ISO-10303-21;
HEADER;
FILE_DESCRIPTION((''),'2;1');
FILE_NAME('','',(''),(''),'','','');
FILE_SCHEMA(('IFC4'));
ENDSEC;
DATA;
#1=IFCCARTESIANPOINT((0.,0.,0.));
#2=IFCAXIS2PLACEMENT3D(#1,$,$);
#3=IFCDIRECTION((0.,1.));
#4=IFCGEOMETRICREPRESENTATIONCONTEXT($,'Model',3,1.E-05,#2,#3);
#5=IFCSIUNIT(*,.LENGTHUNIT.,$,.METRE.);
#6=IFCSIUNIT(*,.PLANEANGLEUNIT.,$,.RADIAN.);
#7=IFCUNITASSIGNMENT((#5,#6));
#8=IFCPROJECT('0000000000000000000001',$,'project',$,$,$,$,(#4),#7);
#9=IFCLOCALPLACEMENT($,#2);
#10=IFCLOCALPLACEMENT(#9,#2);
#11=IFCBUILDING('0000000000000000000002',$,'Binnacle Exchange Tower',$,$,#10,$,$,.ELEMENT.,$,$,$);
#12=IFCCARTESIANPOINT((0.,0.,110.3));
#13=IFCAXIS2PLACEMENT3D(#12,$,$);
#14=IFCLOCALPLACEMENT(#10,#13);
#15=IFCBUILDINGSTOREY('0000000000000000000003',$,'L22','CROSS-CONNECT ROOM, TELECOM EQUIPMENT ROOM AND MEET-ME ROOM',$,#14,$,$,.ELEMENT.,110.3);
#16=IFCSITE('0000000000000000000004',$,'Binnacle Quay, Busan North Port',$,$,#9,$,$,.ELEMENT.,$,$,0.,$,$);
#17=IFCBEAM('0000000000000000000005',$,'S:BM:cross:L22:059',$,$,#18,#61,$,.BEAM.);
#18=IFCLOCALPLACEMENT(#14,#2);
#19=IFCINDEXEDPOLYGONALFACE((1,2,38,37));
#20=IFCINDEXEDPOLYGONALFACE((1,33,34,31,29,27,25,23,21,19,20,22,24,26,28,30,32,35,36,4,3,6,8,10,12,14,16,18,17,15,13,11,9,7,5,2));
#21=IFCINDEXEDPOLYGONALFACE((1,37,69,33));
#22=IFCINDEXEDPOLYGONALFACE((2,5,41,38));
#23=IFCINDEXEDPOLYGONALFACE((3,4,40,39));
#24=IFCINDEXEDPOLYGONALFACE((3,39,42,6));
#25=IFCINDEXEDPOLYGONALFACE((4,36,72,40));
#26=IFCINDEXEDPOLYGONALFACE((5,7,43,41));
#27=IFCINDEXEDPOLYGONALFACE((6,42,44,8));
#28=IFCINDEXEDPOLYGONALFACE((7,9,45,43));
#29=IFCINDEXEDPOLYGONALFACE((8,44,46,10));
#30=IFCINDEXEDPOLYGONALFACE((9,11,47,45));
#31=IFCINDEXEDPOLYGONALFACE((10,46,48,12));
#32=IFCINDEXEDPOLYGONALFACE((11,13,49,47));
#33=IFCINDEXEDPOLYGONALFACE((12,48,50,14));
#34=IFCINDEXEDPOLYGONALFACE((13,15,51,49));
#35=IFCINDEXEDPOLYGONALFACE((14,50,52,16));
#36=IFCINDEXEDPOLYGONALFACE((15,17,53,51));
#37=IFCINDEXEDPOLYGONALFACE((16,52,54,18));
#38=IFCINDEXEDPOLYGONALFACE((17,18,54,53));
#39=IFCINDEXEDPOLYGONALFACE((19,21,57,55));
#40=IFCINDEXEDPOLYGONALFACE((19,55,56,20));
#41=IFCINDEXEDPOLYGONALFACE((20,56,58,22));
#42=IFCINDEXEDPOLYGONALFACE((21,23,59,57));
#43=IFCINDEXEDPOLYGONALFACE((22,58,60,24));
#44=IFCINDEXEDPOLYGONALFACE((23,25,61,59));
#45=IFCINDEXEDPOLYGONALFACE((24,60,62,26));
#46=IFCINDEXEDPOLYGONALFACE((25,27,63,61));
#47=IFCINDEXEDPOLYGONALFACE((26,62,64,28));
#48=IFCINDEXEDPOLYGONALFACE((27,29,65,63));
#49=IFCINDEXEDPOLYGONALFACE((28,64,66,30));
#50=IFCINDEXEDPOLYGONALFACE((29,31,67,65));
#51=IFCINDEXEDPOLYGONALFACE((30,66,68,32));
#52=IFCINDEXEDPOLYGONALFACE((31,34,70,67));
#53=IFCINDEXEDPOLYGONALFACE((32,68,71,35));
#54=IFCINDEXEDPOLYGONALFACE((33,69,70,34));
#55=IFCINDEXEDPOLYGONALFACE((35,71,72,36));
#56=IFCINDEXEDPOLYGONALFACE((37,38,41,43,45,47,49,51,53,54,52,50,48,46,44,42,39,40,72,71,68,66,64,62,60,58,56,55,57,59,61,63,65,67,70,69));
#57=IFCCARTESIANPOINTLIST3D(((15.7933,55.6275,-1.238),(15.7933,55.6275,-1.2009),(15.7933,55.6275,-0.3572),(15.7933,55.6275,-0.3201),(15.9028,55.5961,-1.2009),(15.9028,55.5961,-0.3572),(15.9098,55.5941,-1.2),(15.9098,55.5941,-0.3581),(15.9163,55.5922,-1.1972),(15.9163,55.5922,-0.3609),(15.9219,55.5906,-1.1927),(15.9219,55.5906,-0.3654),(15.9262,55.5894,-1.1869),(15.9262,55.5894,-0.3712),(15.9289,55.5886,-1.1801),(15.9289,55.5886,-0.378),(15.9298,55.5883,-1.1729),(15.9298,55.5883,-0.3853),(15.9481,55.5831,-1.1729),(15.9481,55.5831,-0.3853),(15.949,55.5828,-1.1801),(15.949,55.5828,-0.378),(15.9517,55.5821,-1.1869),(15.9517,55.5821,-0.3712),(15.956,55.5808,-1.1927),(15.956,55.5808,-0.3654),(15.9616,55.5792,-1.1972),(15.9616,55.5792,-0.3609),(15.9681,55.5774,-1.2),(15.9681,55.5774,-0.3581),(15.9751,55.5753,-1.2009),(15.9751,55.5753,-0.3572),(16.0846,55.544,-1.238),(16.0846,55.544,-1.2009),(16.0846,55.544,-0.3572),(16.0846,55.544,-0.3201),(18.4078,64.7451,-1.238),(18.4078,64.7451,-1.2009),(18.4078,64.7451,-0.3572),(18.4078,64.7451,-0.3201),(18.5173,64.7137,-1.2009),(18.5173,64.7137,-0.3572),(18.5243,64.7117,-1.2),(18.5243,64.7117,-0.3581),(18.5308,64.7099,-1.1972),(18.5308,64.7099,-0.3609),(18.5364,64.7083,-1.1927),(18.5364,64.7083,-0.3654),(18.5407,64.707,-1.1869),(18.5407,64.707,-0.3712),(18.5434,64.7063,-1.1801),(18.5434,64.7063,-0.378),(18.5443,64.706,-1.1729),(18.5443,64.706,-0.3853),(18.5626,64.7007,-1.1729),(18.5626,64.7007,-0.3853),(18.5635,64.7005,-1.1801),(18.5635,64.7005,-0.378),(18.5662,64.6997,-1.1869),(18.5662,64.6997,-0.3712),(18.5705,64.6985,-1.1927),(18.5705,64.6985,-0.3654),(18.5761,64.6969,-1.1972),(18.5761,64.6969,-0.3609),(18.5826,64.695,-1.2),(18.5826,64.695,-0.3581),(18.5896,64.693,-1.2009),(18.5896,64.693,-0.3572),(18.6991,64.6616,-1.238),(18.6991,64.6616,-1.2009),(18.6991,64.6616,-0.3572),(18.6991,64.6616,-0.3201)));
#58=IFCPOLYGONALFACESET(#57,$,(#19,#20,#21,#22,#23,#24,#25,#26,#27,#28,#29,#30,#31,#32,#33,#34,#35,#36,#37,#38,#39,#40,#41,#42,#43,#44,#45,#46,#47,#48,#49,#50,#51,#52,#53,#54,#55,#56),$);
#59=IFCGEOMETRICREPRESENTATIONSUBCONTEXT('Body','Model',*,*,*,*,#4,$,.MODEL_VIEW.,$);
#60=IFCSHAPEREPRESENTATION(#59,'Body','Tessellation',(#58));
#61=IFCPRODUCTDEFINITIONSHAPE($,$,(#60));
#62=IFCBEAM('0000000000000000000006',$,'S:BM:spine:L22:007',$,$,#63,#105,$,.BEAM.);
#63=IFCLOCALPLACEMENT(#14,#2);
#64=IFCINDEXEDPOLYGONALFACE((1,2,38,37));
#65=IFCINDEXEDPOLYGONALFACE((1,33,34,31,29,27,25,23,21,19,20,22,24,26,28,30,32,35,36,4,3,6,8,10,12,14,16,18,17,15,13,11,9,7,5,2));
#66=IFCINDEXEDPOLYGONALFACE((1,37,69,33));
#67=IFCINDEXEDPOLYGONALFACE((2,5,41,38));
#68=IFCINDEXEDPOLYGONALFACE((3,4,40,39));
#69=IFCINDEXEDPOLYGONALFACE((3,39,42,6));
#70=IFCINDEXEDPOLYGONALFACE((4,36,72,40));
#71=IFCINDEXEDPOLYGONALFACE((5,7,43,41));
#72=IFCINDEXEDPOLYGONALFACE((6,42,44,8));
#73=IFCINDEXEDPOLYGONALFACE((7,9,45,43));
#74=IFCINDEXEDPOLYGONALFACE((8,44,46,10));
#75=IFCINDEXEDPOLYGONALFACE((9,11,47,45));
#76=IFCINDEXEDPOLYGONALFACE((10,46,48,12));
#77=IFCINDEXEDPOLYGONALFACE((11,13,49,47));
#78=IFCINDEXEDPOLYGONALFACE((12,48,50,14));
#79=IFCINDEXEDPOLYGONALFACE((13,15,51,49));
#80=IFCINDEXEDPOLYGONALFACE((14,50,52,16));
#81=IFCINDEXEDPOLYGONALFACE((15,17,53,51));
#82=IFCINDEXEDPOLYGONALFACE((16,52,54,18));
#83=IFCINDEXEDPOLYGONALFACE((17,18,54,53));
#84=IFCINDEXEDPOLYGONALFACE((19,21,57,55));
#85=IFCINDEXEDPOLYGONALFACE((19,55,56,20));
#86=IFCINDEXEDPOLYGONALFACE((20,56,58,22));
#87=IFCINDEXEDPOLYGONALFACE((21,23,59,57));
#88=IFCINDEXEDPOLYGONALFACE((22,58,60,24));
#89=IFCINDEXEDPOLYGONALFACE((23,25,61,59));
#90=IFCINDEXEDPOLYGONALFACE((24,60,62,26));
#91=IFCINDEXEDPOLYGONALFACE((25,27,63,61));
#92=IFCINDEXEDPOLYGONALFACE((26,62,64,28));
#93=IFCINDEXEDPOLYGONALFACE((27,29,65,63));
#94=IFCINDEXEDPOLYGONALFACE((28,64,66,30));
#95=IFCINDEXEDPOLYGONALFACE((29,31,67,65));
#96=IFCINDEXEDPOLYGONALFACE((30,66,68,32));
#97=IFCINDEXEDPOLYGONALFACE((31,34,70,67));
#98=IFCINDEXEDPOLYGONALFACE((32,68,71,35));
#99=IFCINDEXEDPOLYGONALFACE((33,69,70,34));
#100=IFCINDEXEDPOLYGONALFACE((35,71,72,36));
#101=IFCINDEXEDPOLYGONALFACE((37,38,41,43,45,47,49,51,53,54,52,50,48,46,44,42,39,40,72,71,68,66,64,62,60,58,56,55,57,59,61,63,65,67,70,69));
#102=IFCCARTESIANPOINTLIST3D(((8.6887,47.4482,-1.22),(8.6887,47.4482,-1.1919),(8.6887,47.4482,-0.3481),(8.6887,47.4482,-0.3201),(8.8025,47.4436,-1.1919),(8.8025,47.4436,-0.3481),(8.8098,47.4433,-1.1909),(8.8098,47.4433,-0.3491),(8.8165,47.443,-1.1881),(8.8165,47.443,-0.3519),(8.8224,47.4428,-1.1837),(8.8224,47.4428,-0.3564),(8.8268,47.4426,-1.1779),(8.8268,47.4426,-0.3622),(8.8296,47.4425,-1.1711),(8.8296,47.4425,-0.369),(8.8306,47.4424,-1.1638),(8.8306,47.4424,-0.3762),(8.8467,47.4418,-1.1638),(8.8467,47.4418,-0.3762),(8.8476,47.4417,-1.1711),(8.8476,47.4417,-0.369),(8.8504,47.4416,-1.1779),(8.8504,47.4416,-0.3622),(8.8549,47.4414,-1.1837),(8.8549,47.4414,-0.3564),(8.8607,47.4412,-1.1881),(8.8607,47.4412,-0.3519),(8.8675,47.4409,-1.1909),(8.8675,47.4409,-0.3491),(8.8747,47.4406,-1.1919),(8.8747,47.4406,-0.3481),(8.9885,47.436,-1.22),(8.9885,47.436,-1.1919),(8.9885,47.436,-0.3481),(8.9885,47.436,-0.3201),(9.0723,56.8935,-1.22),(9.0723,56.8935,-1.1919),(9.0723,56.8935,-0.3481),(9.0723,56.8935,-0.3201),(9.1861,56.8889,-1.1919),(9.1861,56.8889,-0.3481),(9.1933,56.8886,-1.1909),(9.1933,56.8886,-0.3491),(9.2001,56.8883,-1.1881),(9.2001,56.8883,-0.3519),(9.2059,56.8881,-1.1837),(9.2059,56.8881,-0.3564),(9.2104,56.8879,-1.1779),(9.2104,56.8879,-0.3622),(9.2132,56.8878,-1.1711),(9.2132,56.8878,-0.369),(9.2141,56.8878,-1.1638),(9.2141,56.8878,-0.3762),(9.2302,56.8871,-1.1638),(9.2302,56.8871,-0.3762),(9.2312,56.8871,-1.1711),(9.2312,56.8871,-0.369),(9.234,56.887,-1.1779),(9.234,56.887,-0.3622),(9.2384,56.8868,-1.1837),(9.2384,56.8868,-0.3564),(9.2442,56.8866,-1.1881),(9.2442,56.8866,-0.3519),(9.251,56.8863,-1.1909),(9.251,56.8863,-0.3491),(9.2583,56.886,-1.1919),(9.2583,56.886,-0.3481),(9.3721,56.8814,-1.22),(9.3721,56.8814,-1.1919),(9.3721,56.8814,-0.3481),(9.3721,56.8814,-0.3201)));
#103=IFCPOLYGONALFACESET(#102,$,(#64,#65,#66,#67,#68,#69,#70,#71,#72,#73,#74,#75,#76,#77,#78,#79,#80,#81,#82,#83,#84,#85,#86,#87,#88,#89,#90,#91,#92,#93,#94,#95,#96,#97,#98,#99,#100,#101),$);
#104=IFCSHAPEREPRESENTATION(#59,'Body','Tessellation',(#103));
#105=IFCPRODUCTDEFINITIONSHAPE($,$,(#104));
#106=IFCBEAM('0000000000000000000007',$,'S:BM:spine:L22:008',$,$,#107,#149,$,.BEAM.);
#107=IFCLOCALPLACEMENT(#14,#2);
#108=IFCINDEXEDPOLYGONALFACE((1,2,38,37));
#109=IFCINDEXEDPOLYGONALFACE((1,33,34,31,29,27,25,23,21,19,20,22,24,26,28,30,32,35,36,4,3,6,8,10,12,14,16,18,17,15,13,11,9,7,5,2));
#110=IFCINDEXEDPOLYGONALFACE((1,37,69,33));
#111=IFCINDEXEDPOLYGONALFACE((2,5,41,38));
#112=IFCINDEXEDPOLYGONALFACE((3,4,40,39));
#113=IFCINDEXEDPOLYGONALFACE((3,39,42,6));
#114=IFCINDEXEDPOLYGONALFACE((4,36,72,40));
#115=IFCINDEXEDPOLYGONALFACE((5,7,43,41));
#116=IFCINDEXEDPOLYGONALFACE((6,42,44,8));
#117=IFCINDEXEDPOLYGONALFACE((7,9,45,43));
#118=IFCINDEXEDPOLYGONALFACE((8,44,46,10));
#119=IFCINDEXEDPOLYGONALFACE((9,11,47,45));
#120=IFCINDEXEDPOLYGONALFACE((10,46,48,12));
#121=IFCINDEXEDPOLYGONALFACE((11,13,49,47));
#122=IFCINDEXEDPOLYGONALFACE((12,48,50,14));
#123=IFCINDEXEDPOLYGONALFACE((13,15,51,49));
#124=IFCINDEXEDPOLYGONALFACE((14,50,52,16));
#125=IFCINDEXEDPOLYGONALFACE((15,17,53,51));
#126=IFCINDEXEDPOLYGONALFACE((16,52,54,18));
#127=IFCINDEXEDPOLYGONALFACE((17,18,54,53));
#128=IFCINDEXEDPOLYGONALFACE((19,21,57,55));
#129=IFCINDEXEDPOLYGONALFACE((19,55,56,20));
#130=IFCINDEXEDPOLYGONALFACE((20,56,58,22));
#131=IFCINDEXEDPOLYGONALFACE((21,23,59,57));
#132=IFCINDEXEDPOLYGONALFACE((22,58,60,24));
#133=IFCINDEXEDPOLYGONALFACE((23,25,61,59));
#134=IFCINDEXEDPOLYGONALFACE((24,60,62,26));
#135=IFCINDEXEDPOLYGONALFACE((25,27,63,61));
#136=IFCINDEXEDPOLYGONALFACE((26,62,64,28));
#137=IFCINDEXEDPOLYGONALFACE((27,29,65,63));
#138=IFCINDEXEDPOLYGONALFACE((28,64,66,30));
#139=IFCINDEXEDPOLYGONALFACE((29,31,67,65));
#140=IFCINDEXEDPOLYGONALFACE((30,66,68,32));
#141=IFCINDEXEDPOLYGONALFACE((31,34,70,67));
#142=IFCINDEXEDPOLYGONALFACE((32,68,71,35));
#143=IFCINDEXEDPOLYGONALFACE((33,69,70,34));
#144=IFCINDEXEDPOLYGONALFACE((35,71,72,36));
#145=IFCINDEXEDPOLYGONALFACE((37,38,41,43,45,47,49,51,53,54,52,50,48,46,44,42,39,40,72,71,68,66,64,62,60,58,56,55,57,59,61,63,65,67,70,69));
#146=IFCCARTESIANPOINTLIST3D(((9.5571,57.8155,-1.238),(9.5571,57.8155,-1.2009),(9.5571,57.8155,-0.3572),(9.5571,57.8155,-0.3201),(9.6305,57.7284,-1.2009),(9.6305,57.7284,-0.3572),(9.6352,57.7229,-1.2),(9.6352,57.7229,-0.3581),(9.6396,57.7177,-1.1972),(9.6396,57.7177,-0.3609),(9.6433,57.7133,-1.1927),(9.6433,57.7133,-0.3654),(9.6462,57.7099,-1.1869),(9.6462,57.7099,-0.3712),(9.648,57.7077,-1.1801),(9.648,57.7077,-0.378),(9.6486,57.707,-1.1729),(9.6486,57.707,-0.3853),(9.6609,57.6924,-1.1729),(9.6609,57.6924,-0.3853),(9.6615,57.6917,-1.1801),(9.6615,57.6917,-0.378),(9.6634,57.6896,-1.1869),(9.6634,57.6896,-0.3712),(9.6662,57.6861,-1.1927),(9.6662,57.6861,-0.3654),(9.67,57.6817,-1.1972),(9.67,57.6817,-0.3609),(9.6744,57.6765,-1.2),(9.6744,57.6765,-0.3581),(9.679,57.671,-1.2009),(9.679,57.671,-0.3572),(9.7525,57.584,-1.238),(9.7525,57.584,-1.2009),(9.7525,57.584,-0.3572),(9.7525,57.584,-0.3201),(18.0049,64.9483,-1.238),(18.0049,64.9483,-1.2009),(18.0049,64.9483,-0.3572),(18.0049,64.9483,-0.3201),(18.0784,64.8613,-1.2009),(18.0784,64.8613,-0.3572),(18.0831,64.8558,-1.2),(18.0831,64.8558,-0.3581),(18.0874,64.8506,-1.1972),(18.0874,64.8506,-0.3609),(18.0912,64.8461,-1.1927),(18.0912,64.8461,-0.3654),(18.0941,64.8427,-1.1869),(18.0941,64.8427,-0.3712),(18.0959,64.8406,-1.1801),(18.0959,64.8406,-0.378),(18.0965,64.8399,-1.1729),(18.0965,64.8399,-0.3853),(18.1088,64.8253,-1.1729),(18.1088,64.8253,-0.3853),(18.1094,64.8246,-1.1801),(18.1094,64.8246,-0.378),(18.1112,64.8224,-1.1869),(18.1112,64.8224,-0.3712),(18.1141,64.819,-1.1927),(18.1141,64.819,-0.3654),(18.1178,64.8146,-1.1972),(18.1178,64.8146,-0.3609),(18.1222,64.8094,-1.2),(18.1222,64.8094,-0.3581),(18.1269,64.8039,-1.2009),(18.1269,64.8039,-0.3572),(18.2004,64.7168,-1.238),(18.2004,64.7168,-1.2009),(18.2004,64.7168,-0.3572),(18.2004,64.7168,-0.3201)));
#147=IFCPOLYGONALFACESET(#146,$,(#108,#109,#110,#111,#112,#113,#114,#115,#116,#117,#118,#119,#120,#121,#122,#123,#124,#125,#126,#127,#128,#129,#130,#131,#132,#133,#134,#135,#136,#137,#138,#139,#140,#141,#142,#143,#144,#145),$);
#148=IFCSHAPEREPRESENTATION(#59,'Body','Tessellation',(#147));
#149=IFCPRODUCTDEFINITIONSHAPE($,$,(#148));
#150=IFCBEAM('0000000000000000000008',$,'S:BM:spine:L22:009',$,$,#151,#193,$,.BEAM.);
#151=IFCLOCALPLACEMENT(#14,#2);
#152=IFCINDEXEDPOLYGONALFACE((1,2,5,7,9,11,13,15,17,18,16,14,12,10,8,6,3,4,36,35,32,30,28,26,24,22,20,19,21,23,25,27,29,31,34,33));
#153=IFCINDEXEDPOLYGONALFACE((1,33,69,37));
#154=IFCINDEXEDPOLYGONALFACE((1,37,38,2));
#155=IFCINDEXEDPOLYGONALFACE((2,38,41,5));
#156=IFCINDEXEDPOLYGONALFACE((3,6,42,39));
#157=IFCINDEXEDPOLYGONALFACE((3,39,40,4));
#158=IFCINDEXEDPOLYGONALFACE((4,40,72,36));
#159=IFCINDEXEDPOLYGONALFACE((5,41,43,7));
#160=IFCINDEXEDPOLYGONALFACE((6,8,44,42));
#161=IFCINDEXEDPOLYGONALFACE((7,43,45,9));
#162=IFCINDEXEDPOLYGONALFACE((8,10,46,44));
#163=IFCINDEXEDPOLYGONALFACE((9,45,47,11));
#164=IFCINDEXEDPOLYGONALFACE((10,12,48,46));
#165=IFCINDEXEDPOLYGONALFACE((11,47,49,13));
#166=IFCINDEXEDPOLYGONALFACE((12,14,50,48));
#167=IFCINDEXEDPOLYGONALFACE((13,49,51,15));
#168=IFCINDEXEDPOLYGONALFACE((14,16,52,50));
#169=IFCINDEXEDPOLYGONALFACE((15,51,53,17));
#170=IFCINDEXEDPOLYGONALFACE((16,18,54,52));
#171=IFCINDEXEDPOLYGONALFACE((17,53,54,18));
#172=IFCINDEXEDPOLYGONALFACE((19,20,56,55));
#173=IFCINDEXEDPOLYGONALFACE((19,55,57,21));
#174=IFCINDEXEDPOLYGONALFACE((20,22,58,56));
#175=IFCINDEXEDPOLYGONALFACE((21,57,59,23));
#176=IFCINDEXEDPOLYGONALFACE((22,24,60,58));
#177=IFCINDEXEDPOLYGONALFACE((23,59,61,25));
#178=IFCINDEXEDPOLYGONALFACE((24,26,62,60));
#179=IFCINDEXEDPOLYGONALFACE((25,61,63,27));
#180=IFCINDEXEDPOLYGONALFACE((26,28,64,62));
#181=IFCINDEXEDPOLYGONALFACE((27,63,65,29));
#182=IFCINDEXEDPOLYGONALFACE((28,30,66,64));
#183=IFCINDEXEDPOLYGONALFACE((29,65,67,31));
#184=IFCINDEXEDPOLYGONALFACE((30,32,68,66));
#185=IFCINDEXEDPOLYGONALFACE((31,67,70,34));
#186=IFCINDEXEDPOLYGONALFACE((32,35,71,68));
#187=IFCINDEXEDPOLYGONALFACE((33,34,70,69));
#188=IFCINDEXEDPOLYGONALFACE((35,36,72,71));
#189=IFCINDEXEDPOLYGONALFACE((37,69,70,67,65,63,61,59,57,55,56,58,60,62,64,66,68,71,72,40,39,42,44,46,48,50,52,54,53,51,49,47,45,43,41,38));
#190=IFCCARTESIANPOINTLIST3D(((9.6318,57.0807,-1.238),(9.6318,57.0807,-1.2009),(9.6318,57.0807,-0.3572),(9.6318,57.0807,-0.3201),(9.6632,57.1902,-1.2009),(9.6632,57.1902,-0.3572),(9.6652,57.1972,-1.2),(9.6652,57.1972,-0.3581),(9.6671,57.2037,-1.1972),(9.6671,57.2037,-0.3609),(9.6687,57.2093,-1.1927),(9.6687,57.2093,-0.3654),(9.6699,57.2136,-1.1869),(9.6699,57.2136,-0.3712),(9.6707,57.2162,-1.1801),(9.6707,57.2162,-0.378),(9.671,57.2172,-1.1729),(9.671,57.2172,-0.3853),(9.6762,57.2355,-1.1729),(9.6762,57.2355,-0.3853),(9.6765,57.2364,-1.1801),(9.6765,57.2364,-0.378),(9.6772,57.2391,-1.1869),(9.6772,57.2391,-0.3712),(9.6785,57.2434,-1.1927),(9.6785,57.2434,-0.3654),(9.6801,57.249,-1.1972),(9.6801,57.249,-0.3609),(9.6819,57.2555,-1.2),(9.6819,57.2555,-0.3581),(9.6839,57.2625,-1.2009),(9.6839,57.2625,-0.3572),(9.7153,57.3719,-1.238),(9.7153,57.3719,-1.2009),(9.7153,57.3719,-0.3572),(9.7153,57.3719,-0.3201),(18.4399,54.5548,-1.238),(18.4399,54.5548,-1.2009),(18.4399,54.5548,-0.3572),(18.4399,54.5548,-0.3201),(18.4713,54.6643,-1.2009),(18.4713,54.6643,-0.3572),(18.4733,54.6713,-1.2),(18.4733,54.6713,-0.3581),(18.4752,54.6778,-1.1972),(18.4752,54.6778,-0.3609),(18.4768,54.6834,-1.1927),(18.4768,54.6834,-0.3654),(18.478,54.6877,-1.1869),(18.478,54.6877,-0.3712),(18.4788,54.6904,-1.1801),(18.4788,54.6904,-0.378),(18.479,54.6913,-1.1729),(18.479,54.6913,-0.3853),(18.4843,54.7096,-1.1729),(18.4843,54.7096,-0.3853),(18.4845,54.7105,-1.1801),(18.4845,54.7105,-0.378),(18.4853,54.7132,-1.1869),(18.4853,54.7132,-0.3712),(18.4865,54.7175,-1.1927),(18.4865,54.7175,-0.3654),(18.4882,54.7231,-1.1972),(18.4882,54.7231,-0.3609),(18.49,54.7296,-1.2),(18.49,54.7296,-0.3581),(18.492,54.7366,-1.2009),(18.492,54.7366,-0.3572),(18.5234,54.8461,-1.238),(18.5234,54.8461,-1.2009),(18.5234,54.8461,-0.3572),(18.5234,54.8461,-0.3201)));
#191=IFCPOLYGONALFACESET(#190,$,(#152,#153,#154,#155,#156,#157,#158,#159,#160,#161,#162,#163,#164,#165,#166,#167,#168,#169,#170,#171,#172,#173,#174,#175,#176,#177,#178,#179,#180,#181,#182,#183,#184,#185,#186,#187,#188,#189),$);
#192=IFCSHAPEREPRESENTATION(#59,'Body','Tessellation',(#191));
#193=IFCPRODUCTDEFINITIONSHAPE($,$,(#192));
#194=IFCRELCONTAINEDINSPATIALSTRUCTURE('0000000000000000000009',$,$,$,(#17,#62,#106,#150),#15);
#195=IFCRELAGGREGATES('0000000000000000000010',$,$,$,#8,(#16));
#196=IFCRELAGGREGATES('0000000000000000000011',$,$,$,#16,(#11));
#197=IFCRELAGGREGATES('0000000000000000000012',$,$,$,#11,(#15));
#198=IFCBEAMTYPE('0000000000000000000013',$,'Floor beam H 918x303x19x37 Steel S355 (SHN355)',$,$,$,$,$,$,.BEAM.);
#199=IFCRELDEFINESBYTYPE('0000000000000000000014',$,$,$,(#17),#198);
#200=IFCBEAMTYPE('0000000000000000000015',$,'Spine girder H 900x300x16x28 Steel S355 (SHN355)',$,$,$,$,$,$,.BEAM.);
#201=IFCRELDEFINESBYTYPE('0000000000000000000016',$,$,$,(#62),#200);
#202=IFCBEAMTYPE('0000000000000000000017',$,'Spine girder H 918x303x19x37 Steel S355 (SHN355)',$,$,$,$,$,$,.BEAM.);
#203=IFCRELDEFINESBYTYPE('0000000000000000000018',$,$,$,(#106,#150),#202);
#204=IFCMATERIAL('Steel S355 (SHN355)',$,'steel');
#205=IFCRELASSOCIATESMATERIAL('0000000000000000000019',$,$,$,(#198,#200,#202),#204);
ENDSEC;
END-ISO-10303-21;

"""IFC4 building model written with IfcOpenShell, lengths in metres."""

from ifc_helpers import new_model, si_unit, direction, frame, origin, origin_2d, place, context, subcontext, project, spatial, i_section, extrude, material, material_profile, profile_set, type_object, element, save


model = new_model("IFC4")

# Units and contexts
model_context = context("Model", 3, precision=1e-05, world=origin(), true_north=direction((0.0, 1.0)))
body_context = subcontext(model_context, "Body", "Model", "MODEL_VIEW")
ifc_project = project(units=[si_unit("LENGTHUNIT", "METRE"), si_unit("PLANEANGLEUNIT", "RADIAN")], contexts=[model_context])

# Site, building, storey
site_placement = place(None, origin())
site = spatial("IfcSite", under=ifc_project, at=site_placement, Name="Binnacle Quay, Busan North Port", CompositionType="ELEMENT", RefElevation=0.0)
building_placement = place(site_placement, origin())
building = spatial("IfcBuilding", under=site, at=building_placement, Name="Binnacle Exchange Tower", CompositionType="ELEMENT")
storey_placement = place(building_placement, frame((0.0, 0.0, 110.3)))
storey = spatial("IfcBuildingStorey", under=building, at=storey_placement, Name="L22", Description="CROSS-CONNECT ROOM, TELECOM EQUIPMENT ROOM AND MEET-ME ROOM", CompositionType="ELEMENT", Elevation=110.3)

# Beams
ifc_material_1 = material(Name="Steel S355 (SHN355)", Category="steel")
ifc_material_profile_1 = material_profile(ifc_material_1, i_section(OverallWidth=0.303, OverallDepth=0.918, WebThickness=0.019, FlangeThickness=0.0371, FilletRadius=0.0281, at=origin_2d()), Name="H 918x303x19x37")
ifc_profile_set_1 = profile_set([ifc_material_profile_1], Name="Steel S355 (SHN355)")
beam_type_1 = type_object("IfcBeamType", Name="Floor beam H 918x303x19x37 Steel S355 (SHN355)", PredefinedType="BEAM", material=ifc_profile_set_1)
beam_1_placement = place(storey_placement, frame((18.5535, 64.7034, -0.7791), z_axis=(-0.275642, -0.96126, 0.0), x_axis=(0.96126, -0.275642, 0.0)))
element("IfcBeam", 1, at=beam_1_placement, inside=storey, type_object=beam_type_1, Name="S:BM:cross:L22:059", PredefinedType="BEAM", context=body_context, shape_type="SweptSolid", body=[
    extrude(i_section(OverallWidth=0.303, OverallDepth=0.918, WebThickness=0.019, FlangeThickness=0.0371, FilletRadius=0.0281, at=origin_2d()), origin(), (0.0, 0.0, 1.0), 9.4851),
])
ifc_material_profile_2 = material_profile(ifc_material_1, i_section(OverallWidth=0.3, OverallDepth=0.8999, WebThickness=0.0161, FlangeThickness=0.0281, FilletRadius=0.0281, at=origin_2d()), Name="H 900x300x16x28")
ifc_profile_set_2 = profile_set([ifc_material_profile_2], Name="Steel S355 (SHN355)")
beam_type_2 = type_object("IfcBeamType", Name="Spine girder H 900x300x16x28 Steel S355 (SHN355)", PredefinedType="BEAM", material=ifc_profile_set_2)
beam_2_placement = place(storey_placement, frame((9.2222, 56.8875, -0.77), z_axis=(-0.040573, -0.999177, 0.0), x_axis=(0.999177, -0.040573, 0.0)))
element("IfcBeam", 2, at=beam_2_placement, inside=storey, type_object=beam_type_2, Name="S:BM:spine:L22:007", PredefinedType="BEAM", context=body_context, shape_type="SweptSolid", body=[
    extrude(i_section(OverallWidth=0.3, OverallDepth=0.8999, WebThickness=0.0161, FlangeThickness=0.0281, FilletRadius=0.0281, at=origin_2d()), origin(), (0.0, 0.0, 1.0), 9.4531),
])
ifc_material_profile_3 = material_profile(ifc_material_1, i_section(OverallWidth=0.303, OverallDepth=0.918, WebThickness=0.019, FlangeThickness=0.0371, FilletRadius=0.0281, at=origin_2d()), Name="H 918x303x19x37")
ifc_profile_set_3 = profile_set([ifc_material_profile_3], Name="Steel S355 (SHN355)")
beam_type_3 = type_object("IfcBeamType", Name="Spine girder H 918x303x19x37 Steel S355 (SHN355)", PredefinedType="BEAM", material=ifc_profile_set_3)
beam_3_placement = place(storey_placement, frame((9.6548, 57.6997, -0.7791), z_axis=(0.764068, 0.645136, 0.0), x_axis=(-0.645136, 0.764068, 0.0)))
element("IfcBeam", 3, at=beam_3_placement, inside=storey, type_object=beam_type_3, Name="S:BM:spine:L22:008", PredefinedType="BEAM", context=body_context, shape_type="SweptSolid", body=[
    extrude(i_section(OverallWidth=0.303, OverallDepth=0.918, WebThickness=0.019, FlangeThickness=0.0371, FilletRadius=0.0281, at=origin_2d()), origin(), (0.0, 0.0, 1.0), 11.0564),
])
beam_4_placement = place(storey_placement, frame((9.6736, 57.2263, -0.7791), z_axis=(0.961256, -0.275657, 0.0), x_axis=(0.275657, 0.961256, 0.0)))
element("IfcBeam", 4, at=beam_4_placement, inside=storey, type_object=beam_type_3, Name="S:BM:spine:L22:009", PredefinedType="BEAM", context=body_context, shape_type="SweptSolid", body=[
    extrude(i_section(OverallWidth=0.303, OverallDepth=0.918, WebThickness=0.019, FlangeThickness=0.0371, FilletRadius=0.0281, at=origin_2d()), origin(), (0.0, 0.0, 1.0), 9.1631),
])

save(model, "model.ifc")
